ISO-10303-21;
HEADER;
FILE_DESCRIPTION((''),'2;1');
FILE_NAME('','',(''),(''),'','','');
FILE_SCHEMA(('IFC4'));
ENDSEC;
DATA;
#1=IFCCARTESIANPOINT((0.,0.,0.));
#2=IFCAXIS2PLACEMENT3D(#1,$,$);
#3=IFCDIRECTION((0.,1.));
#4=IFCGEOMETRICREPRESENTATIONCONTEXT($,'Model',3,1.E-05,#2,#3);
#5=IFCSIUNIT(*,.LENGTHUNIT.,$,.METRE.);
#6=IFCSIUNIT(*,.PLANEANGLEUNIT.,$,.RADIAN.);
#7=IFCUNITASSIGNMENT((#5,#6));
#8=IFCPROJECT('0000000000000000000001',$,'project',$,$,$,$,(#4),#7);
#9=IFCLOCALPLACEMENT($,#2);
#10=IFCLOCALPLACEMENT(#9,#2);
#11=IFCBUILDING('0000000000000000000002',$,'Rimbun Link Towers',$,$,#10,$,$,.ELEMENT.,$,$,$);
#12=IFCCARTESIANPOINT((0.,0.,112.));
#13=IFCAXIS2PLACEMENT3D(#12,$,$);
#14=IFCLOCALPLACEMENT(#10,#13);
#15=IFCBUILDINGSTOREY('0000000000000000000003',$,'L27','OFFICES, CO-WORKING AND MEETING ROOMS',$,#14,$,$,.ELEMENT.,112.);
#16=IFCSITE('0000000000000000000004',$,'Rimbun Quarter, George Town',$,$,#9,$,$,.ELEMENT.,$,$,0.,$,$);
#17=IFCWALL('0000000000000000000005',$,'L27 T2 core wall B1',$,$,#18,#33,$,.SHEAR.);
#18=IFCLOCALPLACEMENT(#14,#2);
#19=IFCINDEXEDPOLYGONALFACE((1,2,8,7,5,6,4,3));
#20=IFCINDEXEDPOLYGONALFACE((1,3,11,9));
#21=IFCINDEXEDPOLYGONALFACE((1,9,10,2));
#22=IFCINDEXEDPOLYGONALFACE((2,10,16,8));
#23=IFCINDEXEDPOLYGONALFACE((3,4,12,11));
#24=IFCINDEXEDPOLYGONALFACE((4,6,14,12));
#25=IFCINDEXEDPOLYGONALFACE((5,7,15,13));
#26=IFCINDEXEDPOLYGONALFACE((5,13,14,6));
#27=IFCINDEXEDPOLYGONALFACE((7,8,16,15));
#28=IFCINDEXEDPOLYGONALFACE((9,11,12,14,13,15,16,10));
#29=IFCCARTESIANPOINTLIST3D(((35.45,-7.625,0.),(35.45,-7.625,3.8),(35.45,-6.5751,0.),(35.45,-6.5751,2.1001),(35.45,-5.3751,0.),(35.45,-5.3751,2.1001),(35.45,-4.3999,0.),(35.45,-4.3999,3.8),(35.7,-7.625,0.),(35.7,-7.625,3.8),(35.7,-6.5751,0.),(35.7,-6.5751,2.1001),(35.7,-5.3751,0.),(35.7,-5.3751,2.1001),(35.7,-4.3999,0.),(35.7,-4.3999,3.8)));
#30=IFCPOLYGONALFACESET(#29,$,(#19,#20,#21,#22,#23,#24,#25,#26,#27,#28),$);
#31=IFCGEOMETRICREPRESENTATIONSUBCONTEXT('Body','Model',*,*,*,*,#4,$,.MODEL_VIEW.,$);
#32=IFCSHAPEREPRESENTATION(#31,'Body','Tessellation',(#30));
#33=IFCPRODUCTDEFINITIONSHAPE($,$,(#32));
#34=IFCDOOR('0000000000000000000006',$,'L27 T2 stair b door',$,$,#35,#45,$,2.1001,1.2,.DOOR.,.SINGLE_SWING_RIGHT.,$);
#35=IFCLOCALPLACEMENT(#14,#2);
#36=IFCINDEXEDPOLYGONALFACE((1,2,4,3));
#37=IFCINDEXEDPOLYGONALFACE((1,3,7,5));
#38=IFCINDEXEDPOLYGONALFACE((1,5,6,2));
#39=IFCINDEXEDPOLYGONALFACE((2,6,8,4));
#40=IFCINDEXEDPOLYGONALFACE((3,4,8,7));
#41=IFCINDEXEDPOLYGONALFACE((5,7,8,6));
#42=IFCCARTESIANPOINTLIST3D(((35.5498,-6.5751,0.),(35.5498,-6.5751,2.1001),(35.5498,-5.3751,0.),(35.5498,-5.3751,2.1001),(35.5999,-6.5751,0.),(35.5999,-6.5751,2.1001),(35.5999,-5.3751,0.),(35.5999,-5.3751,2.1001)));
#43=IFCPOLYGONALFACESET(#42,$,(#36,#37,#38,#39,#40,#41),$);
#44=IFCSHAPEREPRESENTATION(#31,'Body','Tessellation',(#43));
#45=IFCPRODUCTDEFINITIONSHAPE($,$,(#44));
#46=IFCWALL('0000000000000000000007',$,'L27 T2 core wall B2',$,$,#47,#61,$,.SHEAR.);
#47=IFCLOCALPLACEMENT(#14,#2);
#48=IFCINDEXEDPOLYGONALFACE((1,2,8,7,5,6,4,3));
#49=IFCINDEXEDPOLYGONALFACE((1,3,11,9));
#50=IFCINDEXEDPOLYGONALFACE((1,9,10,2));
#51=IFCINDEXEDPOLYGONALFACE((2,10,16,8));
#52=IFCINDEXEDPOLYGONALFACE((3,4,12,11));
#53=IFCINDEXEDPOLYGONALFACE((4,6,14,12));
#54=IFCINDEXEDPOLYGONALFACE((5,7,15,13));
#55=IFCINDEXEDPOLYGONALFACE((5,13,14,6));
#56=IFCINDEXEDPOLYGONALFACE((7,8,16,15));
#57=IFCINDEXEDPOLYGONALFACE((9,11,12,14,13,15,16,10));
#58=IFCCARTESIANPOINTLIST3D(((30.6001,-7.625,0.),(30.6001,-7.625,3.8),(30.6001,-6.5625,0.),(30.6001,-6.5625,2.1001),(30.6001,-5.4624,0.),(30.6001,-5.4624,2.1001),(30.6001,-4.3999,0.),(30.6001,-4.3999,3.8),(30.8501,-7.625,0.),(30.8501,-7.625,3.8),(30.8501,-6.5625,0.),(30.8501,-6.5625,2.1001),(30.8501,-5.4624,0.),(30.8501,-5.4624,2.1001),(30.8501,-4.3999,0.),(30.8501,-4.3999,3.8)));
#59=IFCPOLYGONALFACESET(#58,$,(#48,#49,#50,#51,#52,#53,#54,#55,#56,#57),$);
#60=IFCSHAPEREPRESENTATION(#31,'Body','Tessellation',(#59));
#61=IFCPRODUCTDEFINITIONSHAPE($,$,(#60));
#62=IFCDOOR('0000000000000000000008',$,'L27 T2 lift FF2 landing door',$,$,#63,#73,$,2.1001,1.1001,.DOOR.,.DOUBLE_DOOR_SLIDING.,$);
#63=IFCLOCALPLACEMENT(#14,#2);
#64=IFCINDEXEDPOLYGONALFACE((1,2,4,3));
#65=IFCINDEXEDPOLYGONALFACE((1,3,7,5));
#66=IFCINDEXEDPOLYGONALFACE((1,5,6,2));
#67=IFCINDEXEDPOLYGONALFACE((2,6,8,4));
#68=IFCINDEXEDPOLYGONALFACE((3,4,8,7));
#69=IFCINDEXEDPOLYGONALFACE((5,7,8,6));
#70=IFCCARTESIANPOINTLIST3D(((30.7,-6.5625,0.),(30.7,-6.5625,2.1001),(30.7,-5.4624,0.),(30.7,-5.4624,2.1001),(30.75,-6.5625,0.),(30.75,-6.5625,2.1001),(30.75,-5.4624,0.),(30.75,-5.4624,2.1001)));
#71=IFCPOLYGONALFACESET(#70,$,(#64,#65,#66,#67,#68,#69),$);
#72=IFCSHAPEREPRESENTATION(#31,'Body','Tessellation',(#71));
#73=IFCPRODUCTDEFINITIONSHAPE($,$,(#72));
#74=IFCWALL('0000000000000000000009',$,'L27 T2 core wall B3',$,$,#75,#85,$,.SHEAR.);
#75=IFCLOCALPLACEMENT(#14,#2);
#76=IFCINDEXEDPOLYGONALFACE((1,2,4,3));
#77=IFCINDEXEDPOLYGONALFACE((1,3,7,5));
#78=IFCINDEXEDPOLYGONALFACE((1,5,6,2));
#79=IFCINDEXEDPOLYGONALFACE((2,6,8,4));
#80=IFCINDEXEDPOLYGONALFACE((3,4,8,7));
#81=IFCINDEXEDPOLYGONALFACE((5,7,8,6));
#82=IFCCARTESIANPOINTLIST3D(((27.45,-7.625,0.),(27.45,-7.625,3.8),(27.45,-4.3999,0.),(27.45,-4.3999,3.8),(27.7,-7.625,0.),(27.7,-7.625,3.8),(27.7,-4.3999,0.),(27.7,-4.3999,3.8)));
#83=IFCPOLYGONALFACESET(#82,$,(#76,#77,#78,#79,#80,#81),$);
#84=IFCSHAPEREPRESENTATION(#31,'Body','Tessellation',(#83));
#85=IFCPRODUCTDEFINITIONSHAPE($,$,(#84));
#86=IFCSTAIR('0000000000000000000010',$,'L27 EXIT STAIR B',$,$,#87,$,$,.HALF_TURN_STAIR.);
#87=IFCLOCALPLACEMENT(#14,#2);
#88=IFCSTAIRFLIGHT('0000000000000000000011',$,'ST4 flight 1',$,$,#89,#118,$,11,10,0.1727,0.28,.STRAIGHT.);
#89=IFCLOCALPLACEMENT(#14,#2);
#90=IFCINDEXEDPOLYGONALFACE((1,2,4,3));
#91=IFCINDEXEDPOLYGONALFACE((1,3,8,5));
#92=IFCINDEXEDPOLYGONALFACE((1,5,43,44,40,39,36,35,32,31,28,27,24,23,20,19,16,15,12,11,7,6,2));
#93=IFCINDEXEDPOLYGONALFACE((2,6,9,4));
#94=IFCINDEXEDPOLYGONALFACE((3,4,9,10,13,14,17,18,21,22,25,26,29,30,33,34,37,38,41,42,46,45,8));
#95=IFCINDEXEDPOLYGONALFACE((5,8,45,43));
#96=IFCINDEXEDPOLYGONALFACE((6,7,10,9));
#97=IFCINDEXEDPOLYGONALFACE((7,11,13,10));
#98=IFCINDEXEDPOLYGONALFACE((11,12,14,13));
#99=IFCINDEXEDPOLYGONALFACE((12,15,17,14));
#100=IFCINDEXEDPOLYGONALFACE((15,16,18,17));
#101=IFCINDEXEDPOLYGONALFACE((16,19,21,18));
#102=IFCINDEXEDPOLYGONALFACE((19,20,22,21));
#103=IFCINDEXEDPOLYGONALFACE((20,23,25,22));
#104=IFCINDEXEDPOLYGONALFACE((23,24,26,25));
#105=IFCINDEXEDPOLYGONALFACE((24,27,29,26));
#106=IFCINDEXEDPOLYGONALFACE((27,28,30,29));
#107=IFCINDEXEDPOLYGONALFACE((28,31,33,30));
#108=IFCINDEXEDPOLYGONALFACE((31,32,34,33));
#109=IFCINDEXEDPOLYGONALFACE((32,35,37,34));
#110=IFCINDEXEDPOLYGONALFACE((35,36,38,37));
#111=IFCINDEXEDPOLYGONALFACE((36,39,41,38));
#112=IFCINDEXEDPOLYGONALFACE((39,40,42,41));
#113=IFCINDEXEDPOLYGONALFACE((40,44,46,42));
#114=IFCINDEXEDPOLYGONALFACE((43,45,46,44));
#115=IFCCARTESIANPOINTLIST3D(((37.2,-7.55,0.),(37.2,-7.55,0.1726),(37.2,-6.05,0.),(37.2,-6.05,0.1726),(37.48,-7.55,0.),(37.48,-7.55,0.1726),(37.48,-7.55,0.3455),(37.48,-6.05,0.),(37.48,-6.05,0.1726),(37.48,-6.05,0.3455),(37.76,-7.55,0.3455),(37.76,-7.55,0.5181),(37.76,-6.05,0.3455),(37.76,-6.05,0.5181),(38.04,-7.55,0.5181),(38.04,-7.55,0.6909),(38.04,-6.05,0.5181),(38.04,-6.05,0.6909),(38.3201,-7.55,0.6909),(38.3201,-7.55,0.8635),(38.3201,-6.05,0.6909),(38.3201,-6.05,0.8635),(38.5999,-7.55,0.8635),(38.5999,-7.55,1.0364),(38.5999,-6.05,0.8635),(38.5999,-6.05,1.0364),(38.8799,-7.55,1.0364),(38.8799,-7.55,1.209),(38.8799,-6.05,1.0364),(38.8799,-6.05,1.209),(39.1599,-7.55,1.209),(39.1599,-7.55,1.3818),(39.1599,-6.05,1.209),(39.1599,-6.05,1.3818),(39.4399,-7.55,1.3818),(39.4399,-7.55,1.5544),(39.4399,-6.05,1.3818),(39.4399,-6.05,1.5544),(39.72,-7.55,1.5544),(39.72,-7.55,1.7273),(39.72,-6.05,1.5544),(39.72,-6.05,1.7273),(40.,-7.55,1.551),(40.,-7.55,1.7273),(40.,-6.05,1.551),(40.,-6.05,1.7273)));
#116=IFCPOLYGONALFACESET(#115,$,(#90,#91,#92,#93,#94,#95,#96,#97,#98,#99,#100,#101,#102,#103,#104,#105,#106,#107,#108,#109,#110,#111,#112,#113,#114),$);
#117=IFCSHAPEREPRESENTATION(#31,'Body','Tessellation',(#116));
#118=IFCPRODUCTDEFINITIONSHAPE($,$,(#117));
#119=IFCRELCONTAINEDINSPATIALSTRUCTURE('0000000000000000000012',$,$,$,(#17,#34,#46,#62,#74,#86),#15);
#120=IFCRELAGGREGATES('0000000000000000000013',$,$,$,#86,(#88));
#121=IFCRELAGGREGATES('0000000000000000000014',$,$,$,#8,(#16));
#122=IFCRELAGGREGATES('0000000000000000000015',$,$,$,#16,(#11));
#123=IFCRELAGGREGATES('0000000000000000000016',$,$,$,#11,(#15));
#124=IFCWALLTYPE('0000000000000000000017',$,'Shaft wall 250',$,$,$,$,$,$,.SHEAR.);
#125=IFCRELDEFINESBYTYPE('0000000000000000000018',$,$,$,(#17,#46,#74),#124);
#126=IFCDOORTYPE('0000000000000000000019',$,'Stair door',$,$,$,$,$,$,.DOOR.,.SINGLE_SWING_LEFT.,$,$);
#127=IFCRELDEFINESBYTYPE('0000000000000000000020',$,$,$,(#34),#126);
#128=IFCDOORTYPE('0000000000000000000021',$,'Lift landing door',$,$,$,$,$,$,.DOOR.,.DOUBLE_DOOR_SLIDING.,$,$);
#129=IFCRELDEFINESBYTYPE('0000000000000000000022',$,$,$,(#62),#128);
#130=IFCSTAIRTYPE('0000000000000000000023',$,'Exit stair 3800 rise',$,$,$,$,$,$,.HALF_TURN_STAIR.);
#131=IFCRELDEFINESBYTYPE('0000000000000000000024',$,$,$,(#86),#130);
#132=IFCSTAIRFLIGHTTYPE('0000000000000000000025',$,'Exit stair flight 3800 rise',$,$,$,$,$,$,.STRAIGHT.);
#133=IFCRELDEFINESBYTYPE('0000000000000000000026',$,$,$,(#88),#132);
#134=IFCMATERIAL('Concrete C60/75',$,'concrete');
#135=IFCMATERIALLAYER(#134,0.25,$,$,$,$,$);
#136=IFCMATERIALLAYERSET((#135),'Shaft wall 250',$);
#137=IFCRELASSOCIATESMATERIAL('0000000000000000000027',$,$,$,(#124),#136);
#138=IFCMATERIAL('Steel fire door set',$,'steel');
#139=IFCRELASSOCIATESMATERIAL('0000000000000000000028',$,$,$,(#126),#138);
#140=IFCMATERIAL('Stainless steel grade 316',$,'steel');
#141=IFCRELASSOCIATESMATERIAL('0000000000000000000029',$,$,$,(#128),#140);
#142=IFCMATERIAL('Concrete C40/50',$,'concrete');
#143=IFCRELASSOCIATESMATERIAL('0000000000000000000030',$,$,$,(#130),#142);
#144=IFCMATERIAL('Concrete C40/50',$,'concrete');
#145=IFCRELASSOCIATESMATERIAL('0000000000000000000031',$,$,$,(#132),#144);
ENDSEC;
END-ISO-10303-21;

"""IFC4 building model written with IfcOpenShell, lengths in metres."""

from ifc_helpers import new_model, si_unit, direction, frame, frame_2d, origin, place, context, subcontext, project, spatial, polyline, rectangle, outline, extrude, material, layer, layer_set, type_object, element, fill, aggregate, save


model = new_model("IFC4")

# Units and contexts
model_context = context("Model", 3, precision=1e-05, world=origin(), true_north=direction((0.0, 1.0)))
body_context = subcontext(model_context, "Body", "Model", "MODEL_VIEW")
ifc_project = project(units=[si_unit("LENGTHUNIT", "METRE"), si_unit("PLANEANGLEUNIT", "RADIAN")], contexts=[model_context])

# Site, building, storey
site_placement = place(None, origin())
site = spatial("IfcSite", under=ifc_project, at=site_placement, Name="Rimbun Quarter, George Town", CompositionType="ELEMENT", RefElevation=0.0)
building_placement = place(site_placement, origin())
building = spatial("IfcBuilding", under=site, at=building_placement, Name="Rimbun Link Towers", CompositionType="ELEMENT")
storey_placement = place(building_placement, frame((0.0, 0.0, 112.0)))
storey = spatial("IfcBuildingStorey", under=building, at=storey_placement, Name="L27", Description="OFFICES, CO-WORKING AND MEETING ROOMS", CompositionType="ELEMENT", Elevation=112.0)

# Shared definitions
ifc_material_1 = material(Name="Concrete C60/75", Category="concrete")
ifc_layer = layer(ifc_material_1, 0.25)
ifc_layer_set = layer_set([ifc_layer], Name="Shaft wall 250")
wall_type = type_object("IfcWallType", Name="Shaft wall 250", PredefinedType="SHEAR", material=ifc_layer_set)

# Walls, openings, doors
wall_1_placement = place(storey_placement, frame((35.575, -4.3999, 0.0), z_axis=(0.0, 0.0, 1.0), x_axis=(0.0, -1.0, 0.0)))
wall_1 = element("IfcWall", 1, at=wall_1_placement, inside=storey, type_object=wall_type, Name="L27 T2 core wall B1", PredefinedType="SHEAR", context=body_context, shape_type="SweptSolid", body=[
    extrude(rectangle(XDim=3.2251, YDim=0.25, at=frame_2d((1.6125, 0.0))), origin(), (0.0, 0.0, 1.0), 3.8),
])
opening_1_placement = place(wall_1_placement, frame((0.9751, 0.0, 0.0)))
opening_1 = element("IfcOpeningElement", 2, at=opening_1_placement, cuts=wall_1, PredefinedType="OPENING", context=body_context, shape_type="SweptSolid", body=[
    extrude(rectangle(XDim=1.2, YDim=2.1001, at=frame_2d((0.6001, 1.05))), frame((0.0, 0.135, 0.0), z_axis=(0.0, -1.0, 0.0), x_axis=(1.0, 0.0, 0.0)), (0.0, 0.0, 1.0), 0.27),
])
ifc_material_2 = material(Name="Steel fire door set", Category="steel")
door_type_1 = type_object("IfcDoorType", Name="Stair door", OperationType="SINGLE_SWING_LEFT", PredefinedType="DOOR", material=ifc_material_2)
door_1_placement = place(opening_1_placement, origin())
door_1 = element("IfcDoor", 3, at=door_1_placement, inside=storey, type_object=door_type_1, Name="L27 T2 stair b door", OperationType="SINGLE_SWING_RIGHT", OverallHeight=2.1001, OverallWidth=1.2, PredefinedType="DOOR", context=body_context, shape_type="SweptSolid", body=[
    extrude(rectangle(XDim=1.2, YDim=2.1001, at=frame_2d((0.6001, 1.05))), frame((0.0, 0.0249, 0.0), z_axis=(0.0, -1.0, 0.0), x_axis=(1.0, 0.0, 0.0)), (0.0, 0.0, 1.0), 0.05),
])
fill(opening_1, door_1)
wall_2_placement = place(storey_placement, frame((30.7251, -4.3999, 0.0), z_axis=(0.0, 0.0, 1.0), x_axis=(0.0, -1.0, 0.0)))
wall_2 = element("IfcWall", 4, at=wall_2_placement, inside=storey, type_object=wall_type, Name="L27 T2 core wall B2", PredefinedType="SHEAR", context=body_context, shape_type="SweptSolid", body=[
    extrude(rectangle(XDim=3.2251, YDim=0.25, at=frame_2d((1.6125, 0.0))), origin(), (0.0, 0.0, 1.0), 3.8),
])
opening_2_placement = place(wall_2_placement, frame((1.0625, 0.0, 0.0)))
opening_2 = element("IfcOpeningElement", 5, at=opening_2_placement, cuts=wall_2, PredefinedType="OPENING", context=body_context, shape_type="SweptSolid", body=[
    extrude(rectangle(XDim=1.1001, YDim=2.1001, at=frame_2d((0.55, 1.05))), frame((0.0, 0.135, 0.0), z_axis=(0.0, -1.0, 0.0), x_axis=(1.0, 0.0, 0.0)), (0.0, 0.0, 1.0), 0.27),
])
ifc_material_3 = material(Name="Stainless steel grade 316", Category="steel")
door_type_2 = type_object("IfcDoorType", Name="Lift landing door", OperationType="DOUBLE_DOOR_SLIDING", PredefinedType="DOOR", material=ifc_material_3)
door_2_placement = place(opening_2_placement, origin())
door_2 = element("IfcDoor", 6, at=door_2_placement, inside=storey, type_object=door_type_2, Name="L27 T2 lift FF2 landing door", OperationType="DOUBLE_DOOR_SLIDING", OverallHeight=2.1001, OverallWidth=1.1001, PredefinedType="DOOR", context=body_context, shape_type="SweptSolid", body=[
    extrude(rectangle(XDim=1.1001, YDim=2.1001, at=frame_2d((0.55, 1.05))), frame((0.0, 0.0249, 0.0), z_axis=(0.0, -1.0, 0.0), x_axis=(1.0, 0.0, 0.0)), (0.0, 0.0, 1.0), 0.05),
])
fill(opening_2, door_2)

# Wall
wall_3_placement = place(storey_placement, frame((27.575, -4.3999, 0.0), z_axis=(0.0, 0.0, 1.0), x_axis=(0.0, -1.0, 0.0)))
element("IfcWall", 7, at=wall_3_placement, inside=storey, type_object=wall_type, Name="L27 T2 core wall B3", PredefinedType="SHEAR", context=body_context, shape_type="SweptSolid", body=[
    extrude(rectangle(XDim=3.2251, YDim=0.25, at=frame_2d((1.6125, 0.0))), origin(), (0.0, 0.0, 1.0), 3.8),
])

# Stair, stair flight
ifc_material_4 = material(Name="Concrete C40/50", Category="concrete")
stair_type = type_object("IfcStairType", Name="Exit stair 3800 rise", PredefinedType="HALF_TURN_STAIR", material=ifc_material_4)
stair_placement = place(storey_placement, origin())
stair = element("IfcStair", 8, at=stair_placement, inside=storey, type_object=stair_type, Name="L27 EXIT STAIR B", PredefinedType="HALF_TURN_STAIR")
ifc_material_5 = material(Name="Concrete C40/50", Category="concrete")
stair_flight_type = type_object("IfcStairFlightType", Name="Exit stair flight 3800 rise", PredefinedType="STRAIGHT", material=ifc_material_5)
stair_flight_placement = place(storey_placement, frame((37.2, -6.8, 0.0), z_axis=(0.0, 0.0, 1.0), x_axis=(1.0, 0.0, 0.0)))
stair_flight = element("IfcStairFlight", 9, at=stair_flight_placement, type_object=stair_flight_type, Name="ST4 flight 1", NumberOfRisers=11, NumberOfTreads=10, PredefinedType="STRAIGHT", RiserHeight=0.1727, TreadLength=0.28, context=body_context, shape_type="SweptSolid", body=[
    extrude(outline(polyline([(0.0, 0.0), (0.0, 0.1726), (0.28, 0.1726), (0.28, 0.3455), (0.5601, 0.3455), (0.5601, 0.5181), (0.8401, 0.5181), (0.8401, 0.6909), (1.1201, 0.6909), (1.1201, 0.8635), (1.3999, 0.8635), (1.3999, 1.0364), (1.6799, 1.0364), (1.6799, 1.209), (1.96, 1.209), (1.96, 1.3818), (2.24, 1.3818), (2.24, 1.5544), (2.52, 1.5544), (2.52, 1.7273), (2.8, 1.7273), (2.8, 1.8999), (2.8, 1.551), (0.28, 0.0), (0.0, 0.0)])), frame((0.0, 0.75, 0.0), z_axis=(0.0, -1.0, 0.0), x_axis=(1.0, 0.0, 0.0)), (0.0, 0.0, 1.0), 1.5),
])
aggregate(stair, [stair_flight])

save(model, "model.ifc")
